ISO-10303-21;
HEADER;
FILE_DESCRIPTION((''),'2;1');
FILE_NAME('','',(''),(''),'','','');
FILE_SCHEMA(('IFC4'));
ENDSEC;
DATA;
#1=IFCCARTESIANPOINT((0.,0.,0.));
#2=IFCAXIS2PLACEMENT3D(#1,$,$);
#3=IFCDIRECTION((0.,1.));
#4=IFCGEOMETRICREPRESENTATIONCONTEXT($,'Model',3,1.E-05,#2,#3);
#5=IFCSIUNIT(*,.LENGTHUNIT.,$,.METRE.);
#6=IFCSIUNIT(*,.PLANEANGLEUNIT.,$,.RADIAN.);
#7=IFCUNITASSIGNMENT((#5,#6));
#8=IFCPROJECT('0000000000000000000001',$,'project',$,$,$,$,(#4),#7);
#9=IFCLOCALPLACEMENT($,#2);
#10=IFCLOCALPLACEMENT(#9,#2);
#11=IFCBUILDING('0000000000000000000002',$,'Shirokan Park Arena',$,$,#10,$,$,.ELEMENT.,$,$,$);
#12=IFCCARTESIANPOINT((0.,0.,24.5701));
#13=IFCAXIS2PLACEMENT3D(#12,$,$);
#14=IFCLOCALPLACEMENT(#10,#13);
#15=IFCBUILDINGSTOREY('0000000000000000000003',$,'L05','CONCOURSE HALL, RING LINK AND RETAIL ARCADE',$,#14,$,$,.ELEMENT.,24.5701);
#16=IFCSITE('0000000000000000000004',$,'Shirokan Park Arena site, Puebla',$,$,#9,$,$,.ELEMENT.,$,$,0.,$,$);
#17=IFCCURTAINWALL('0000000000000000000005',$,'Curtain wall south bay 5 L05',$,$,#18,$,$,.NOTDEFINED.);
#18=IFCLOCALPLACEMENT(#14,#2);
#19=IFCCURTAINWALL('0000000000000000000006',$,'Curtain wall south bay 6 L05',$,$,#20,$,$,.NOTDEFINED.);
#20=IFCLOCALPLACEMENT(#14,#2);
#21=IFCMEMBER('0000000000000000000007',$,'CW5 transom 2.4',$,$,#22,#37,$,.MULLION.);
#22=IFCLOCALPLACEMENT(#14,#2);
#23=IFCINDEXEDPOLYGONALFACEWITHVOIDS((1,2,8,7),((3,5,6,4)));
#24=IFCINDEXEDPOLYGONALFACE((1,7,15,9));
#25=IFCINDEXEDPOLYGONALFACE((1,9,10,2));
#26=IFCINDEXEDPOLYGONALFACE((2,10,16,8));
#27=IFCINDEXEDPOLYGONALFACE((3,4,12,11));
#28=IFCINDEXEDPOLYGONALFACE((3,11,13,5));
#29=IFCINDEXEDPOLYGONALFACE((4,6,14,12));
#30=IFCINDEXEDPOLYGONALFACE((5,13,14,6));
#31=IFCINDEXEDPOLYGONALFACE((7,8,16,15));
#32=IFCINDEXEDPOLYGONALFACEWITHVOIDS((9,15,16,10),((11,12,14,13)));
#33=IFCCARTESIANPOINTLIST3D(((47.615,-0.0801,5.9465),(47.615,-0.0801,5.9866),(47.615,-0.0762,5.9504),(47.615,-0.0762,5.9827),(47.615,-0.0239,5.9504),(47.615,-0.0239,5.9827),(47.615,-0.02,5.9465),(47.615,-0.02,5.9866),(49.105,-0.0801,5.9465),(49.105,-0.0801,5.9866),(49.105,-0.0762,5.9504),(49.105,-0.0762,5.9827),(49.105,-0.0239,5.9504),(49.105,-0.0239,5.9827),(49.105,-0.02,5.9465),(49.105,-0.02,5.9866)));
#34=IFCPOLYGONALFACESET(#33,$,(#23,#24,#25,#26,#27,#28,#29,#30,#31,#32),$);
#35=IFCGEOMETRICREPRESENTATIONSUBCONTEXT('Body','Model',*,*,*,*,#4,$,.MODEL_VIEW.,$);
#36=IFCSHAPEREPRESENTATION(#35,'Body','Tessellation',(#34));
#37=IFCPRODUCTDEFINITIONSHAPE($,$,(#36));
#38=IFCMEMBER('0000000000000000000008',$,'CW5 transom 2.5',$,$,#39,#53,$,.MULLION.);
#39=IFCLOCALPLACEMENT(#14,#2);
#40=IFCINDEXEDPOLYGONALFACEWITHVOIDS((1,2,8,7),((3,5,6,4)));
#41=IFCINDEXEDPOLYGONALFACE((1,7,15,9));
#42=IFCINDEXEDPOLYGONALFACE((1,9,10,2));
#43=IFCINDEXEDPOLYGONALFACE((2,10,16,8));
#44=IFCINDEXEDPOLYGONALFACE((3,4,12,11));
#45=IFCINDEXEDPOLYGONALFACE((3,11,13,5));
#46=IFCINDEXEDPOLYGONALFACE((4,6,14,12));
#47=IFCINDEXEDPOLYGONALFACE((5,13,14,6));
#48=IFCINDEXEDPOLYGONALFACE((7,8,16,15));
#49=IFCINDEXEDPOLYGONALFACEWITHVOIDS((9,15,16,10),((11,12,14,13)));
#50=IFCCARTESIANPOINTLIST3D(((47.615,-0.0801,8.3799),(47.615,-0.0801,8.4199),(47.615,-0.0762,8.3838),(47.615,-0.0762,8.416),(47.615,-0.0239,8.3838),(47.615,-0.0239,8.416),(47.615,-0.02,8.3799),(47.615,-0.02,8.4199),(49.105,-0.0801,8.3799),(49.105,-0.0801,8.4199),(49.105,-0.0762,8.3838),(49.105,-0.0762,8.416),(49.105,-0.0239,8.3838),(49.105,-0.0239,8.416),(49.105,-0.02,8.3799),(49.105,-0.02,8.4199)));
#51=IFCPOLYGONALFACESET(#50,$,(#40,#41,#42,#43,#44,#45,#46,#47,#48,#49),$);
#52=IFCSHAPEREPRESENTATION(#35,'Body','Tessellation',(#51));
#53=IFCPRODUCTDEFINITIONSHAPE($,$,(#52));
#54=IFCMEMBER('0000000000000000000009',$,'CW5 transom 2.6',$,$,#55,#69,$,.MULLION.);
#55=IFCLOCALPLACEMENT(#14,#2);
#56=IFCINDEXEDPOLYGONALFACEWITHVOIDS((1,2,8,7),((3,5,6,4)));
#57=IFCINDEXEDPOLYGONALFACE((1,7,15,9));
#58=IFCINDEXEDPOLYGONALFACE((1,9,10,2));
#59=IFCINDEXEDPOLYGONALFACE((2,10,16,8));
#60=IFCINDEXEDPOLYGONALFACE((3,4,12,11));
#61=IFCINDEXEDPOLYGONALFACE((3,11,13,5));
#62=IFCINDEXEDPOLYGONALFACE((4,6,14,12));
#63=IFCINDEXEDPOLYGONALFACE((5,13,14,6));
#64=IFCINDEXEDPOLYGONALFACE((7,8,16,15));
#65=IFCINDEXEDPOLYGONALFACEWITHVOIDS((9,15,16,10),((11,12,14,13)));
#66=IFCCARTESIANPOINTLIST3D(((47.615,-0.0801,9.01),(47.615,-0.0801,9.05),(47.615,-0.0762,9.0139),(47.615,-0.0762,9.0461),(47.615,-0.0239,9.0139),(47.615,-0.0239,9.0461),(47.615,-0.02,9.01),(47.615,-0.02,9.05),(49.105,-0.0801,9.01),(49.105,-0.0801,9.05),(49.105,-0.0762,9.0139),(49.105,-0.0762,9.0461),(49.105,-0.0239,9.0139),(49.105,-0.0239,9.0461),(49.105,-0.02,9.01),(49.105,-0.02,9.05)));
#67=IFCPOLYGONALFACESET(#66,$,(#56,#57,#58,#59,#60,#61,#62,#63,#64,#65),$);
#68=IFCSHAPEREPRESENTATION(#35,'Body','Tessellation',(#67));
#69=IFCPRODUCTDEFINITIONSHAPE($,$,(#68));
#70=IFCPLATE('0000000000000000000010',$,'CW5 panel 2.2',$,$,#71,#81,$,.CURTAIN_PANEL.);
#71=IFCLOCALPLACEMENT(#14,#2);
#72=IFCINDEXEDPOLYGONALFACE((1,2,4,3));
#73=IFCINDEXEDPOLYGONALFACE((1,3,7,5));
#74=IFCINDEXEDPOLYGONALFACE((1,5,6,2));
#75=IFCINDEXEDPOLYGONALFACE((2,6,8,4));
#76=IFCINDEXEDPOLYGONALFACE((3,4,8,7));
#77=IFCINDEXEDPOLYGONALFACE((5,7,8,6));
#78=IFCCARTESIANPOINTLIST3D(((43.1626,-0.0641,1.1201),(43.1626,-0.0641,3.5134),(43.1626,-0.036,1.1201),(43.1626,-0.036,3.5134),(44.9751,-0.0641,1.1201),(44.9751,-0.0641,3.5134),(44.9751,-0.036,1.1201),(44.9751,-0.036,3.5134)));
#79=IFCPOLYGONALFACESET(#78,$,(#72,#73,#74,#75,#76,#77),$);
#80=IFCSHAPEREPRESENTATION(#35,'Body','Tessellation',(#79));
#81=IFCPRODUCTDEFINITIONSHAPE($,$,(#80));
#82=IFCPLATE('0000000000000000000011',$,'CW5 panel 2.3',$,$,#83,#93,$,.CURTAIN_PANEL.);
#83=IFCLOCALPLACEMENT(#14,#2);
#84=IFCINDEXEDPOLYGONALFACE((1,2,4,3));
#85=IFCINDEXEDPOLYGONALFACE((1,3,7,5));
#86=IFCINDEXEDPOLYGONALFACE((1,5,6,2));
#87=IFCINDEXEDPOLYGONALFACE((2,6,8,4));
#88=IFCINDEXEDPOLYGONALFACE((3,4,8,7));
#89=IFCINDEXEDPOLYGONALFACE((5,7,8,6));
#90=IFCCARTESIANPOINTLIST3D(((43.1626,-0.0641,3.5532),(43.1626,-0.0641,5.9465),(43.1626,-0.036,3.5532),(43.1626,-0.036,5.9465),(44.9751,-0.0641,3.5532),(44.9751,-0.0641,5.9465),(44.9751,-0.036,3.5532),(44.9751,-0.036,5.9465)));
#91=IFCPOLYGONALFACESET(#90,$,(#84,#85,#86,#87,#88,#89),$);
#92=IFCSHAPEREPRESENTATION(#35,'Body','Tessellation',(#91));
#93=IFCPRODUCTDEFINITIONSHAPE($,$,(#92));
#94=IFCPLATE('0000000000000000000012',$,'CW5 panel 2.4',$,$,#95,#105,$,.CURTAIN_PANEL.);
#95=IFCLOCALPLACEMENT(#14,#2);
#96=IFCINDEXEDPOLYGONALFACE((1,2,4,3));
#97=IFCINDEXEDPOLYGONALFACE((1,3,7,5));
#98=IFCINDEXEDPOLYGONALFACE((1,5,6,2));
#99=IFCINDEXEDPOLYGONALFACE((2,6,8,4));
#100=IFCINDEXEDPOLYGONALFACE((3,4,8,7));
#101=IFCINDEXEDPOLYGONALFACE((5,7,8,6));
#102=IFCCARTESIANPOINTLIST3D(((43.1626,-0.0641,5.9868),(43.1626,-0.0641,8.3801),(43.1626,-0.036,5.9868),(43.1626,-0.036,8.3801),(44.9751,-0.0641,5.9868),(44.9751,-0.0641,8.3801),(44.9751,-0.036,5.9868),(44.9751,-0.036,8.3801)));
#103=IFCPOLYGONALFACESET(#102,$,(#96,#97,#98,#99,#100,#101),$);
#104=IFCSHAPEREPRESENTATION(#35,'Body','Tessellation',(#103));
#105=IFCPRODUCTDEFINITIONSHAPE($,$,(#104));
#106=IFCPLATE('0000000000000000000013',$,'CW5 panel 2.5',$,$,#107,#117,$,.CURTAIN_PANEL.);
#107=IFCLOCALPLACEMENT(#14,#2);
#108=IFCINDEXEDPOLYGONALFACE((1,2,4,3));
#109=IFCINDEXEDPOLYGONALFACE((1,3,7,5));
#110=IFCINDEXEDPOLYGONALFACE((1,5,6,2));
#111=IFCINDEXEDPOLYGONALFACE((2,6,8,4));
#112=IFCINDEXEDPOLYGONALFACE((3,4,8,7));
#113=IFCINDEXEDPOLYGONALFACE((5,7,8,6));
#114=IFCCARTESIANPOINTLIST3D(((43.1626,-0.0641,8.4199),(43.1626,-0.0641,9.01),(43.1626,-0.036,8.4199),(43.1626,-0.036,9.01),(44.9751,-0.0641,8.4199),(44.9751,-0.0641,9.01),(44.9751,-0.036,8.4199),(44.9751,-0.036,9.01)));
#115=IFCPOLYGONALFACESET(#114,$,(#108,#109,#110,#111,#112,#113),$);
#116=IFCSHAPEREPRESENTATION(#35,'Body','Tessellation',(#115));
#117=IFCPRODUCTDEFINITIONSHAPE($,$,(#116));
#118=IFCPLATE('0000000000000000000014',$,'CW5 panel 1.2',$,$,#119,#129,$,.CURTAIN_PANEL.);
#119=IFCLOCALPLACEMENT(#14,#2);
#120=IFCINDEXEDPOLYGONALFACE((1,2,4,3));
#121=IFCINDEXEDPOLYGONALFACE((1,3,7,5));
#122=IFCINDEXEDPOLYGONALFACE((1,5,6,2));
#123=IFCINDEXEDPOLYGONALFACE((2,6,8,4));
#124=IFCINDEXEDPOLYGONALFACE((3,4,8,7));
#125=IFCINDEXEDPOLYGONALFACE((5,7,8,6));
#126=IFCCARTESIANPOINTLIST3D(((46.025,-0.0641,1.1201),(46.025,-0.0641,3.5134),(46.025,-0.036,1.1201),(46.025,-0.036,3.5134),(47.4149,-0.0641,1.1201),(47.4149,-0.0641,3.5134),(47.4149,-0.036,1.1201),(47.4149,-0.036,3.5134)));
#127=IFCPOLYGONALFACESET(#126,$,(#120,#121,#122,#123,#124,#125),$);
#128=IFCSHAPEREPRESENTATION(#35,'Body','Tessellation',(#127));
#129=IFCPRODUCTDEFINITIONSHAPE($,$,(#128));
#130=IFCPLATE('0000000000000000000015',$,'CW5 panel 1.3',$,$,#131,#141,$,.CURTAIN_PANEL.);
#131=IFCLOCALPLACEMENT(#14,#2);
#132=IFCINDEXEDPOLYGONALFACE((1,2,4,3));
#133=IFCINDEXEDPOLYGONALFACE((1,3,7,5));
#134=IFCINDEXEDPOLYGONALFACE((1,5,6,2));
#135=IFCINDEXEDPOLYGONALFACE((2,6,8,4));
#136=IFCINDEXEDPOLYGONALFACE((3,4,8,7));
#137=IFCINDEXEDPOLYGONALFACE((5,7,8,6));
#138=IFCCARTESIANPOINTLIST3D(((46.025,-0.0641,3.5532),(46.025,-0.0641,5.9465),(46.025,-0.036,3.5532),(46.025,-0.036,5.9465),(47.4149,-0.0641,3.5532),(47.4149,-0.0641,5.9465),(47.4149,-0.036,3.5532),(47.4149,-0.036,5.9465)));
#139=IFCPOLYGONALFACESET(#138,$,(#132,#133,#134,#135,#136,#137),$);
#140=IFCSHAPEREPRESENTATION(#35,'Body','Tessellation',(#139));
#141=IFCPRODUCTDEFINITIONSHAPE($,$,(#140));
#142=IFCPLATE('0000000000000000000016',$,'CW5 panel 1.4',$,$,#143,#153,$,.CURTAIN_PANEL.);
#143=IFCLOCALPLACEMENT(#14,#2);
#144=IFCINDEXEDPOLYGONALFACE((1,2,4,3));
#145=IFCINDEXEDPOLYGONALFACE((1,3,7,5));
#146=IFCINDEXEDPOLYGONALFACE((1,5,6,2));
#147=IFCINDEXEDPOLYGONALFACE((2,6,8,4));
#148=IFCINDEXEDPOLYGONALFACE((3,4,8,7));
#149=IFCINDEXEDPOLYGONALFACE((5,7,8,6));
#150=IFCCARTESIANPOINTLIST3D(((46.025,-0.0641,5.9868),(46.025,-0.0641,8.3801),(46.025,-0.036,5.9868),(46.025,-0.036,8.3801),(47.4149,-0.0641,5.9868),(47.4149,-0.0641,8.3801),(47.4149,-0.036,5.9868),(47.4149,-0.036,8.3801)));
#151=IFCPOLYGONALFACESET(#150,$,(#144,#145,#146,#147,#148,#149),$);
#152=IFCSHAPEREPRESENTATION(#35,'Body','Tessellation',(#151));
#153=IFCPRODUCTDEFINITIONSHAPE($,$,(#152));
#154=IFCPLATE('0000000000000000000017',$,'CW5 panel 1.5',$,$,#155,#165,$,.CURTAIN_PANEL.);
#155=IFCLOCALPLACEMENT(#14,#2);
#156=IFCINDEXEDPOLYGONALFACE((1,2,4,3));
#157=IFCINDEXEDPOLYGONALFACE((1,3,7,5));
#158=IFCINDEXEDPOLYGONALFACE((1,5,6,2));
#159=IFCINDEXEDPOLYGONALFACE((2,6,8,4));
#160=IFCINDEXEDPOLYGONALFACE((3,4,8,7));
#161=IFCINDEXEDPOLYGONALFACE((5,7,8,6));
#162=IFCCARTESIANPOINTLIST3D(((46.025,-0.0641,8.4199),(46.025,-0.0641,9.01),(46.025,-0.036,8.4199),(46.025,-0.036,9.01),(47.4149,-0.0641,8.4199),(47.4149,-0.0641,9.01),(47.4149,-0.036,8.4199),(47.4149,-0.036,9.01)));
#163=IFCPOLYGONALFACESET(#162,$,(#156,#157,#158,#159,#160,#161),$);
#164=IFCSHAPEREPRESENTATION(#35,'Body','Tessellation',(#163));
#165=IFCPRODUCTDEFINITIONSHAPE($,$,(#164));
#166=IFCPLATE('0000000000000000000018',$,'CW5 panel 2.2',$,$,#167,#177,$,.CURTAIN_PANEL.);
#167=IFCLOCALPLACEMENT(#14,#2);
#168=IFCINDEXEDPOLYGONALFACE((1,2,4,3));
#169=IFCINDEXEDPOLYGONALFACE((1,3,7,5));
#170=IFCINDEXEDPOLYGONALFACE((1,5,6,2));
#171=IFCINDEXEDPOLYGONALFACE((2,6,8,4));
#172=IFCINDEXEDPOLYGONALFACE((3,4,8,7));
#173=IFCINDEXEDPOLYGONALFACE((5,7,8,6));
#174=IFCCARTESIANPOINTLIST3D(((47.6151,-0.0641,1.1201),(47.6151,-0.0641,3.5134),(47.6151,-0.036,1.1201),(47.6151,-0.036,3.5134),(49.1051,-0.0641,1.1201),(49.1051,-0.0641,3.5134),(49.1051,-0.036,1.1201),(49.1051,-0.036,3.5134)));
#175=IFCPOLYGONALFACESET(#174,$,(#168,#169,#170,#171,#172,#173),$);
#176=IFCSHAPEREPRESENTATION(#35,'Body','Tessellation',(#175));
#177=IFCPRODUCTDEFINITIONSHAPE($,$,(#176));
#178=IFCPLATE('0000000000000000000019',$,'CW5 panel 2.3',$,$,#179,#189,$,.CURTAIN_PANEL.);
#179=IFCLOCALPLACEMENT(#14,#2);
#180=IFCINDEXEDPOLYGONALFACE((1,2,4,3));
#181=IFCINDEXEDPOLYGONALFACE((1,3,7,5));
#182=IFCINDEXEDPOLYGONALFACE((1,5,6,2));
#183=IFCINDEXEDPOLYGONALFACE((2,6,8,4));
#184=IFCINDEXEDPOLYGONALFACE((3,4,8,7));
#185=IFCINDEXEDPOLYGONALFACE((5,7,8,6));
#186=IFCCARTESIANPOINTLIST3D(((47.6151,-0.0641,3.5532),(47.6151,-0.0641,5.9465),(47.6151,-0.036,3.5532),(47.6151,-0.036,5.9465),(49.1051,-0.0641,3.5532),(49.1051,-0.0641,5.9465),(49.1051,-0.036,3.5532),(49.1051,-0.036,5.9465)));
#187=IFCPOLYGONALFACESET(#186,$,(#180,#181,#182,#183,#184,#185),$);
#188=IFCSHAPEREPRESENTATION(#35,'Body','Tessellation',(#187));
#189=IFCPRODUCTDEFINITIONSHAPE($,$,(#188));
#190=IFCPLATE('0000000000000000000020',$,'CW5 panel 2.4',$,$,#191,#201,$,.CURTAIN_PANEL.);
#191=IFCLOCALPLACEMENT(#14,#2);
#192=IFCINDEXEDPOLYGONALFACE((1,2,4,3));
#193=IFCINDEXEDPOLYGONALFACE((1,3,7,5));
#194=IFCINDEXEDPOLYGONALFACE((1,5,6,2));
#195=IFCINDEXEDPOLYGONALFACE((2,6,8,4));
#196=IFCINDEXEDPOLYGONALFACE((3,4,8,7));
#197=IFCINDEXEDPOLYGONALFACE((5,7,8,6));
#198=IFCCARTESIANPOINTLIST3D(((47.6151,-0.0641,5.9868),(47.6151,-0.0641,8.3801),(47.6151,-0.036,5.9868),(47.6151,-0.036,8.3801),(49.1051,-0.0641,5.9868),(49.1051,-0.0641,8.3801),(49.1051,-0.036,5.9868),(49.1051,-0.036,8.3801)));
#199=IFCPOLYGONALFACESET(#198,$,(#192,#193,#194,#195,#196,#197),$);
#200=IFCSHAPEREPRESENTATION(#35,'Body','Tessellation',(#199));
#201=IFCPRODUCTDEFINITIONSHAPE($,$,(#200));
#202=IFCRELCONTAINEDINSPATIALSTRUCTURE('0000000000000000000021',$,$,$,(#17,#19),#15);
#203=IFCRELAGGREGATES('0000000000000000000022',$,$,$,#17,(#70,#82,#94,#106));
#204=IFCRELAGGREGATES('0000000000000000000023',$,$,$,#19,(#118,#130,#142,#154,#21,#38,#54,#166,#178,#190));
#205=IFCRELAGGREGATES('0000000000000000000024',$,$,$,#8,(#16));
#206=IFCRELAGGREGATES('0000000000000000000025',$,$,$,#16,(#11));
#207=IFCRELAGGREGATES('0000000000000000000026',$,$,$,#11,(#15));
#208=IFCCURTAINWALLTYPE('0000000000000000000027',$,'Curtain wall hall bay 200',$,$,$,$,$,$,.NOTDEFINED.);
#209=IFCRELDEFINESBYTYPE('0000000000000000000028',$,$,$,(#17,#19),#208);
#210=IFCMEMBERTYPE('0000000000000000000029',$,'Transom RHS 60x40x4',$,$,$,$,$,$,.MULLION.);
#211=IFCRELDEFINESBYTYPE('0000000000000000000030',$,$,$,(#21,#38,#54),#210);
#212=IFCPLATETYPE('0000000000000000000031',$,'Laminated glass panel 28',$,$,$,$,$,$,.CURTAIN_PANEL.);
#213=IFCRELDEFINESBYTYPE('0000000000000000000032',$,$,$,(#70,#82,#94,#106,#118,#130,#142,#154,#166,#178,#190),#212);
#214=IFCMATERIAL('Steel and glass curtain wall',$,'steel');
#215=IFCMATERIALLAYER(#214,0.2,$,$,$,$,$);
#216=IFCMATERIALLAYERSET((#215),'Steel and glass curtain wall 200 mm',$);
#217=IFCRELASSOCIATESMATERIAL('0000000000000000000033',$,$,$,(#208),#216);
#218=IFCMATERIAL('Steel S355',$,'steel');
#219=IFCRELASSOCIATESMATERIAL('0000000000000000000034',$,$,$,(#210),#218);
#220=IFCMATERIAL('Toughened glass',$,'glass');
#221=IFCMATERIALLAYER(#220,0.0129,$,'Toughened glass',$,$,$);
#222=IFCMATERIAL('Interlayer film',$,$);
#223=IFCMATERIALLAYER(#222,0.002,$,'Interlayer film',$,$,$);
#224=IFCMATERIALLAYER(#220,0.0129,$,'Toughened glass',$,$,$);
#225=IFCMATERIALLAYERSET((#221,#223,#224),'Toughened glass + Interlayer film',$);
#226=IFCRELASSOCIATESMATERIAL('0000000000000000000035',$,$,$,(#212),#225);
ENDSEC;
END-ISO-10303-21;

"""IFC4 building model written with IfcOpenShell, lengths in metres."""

from ifc_helpers import new_model, si_unit, direction, frame, origin, origin_2d, place, context, subcontext, project, spatial, rectangle, hollow_rectangle, extrude, material, layer, layer_set, material_profile, profile_set, type_object, element, aggregate, save


model = new_model("IFC4")

# Units and contexts
model_context = context("Model", 3, precision=1e-05, world=origin(), true_north=direction((0.0, 1.0)))
body_context = subcontext(model_context, "Body", "Model", "MODEL_VIEW")
ifc_project = project(units=[si_unit("LENGTHUNIT", "METRE"), si_unit("PLANEANGLEUNIT", "RADIAN")], contexts=[model_context])

# Site, building, storey
site_placement = place(None, origin())
site = spatial("IfcSite", under=ifc_project, at=site_placement, Name="Shirokan Park Arena site, Puebla", CompositionType="ELEMENT", RefElevation=0.0)
building_placement = place(site_placement, origin())
building = spatial("IfcBuilding", under=site, at=building_placement, Name="Shirokan Park Arena", CompositionType="ELEMENT")
storey_placement = place(building_placement, frame((0.0, 0.0, 24.5701)))
storey = spatial("IfcBuildingStorey", under=building, at=storey_placement, Name="L05", Description="CONCOURSE HALL, RING LINK AND RETAIL ARCADE", CompositionType="ELEMENT", Elevation=24.5701)

# Curtain walls
ifc_material_1 = material(Name="Steel and glass curtain wall", Category="steel")
ifc_layer_1 = layer(ifc_material_1, 0.2)
ifc_layer_set_1 = layer_set([ifc_layer_1], Name="Steel and glass curtain wall 200 mm")
curtain_wall_type = type_object("IfcCurtainWallType", Name="Curtain wall hall bay 200", PredefinedType="NOTDEFINED", material=ifc_layer_set_1)
curtain_wall_1_placement = place(storey_placement, origin())
curtain_wall_1 = element("IfcCurtainWall", 1, at=curtain_wall_1_placement, inside=storey, type_object=curtain_wall_type, Name="Curtain wall south bay 5 L05", PredefinedType="NOTDEFINED")
ifc_material_2 = material(Name="Steel S355", Category="steel")
curtain_wall_2_placement = place(storey_placement, origin())
curtain_wall_2 = element("IfcCurtainWall", 2, at=curtain_wall_2_placement, inside=storey, type_object=curtain_wall_type, Name="Curtain wall south bay 6 L05", PredefinedType="NOTDEFINED")

# Members
ifc_material_profile_1 = material_profile(ifc_material_2, hollow_rectangle(XDim=0.0601, YDim=0.04, WallThickness=0.0039, at=origin_2d()), Name="RHS 60x40x4")
ifc_profile_set_1 = profile_set([ifc_material_profile_1], Name="Steel S355")
member_type_1 = type_object("IfcMemberType", Name="Transom RHS 60x40x4", PredefinedType="MULLION", material=ifc_profile_set_1)
member_1_placement = place(storey_placement, frame((47.615, -0.05, 5.9666), z_axis=(1.0, 0.0, 0.0), x_axis=(0.0, 1.0, 0.0)))
member_1 = element("IfcMember", 3, at=member_1_placement, type_object=member_type_1, Name="CW5 transom 2.4", PredefinedType="MULLION", context=body_context, shape_type="SweptSolid", body=[
    extrude(hollow_rectangle(XDim=0.0601, YDim=0.04, WallThickness=0.0039, at=origin_2d()), origin(), (0.0, 0.0, 1.0), 1.49),
])
member_2_placement = place(storey_placement, frame((47.615, -0.05, 8.3999), z_axis=(1.0, 0.0, 0.0), x_axis=(0.0, 1.0, 0.0)))
member_2 = element("IfcMember", 4, at=member_2_placement, type_object=member_type_1, Name="CW5 transom 2.5", PredefinedType="MULLION", context=body_context, shape_type="SweptSolid", body=[
    extrude(hollow_rectangle(XDim=0.0601, YDim=0.04, WallThickness=0.0039, at=origin_2d()), origin(), (0.0, 0.0, 1.0), 1.49),
])
member_3_placement = place(storey_placement, frame((47.615, -0.05, 9.03), z_axis=(1.0, 0.0, 0.0), x_axis=(0.0, 1.0, 0.0)))
member_3 = element("IfcMember", 5, at=member_3_placement, type_object=member_type_1, Name="CW5 transom 2.6", PredefinedType="MULLION", context=body_context, shape_type="SweptSolid", body=[
    extrude(hollow_rectangle(XDim=0.0601, YDim=0.04, WallThickness=0.0039, at=origin_2d()), origin(), (0.0, 0.0, 1.0), 1.49),
])

# Plates
ifc_material_3 = material(Name="Toughened glass", Category="glass")
ifc_layer_2 = layer(ifc_material_3, 0.0129, Name="Toughened glass")
ifc_material_4 = material(Name="Interlayer film")
ifc_layer_3 = layer(ifc_material_4, 0.002, Name="Interlayer film")
ifc_layer_4 = layer(ifc_material_3, 0.0129, Name="Toughened glass")
ifc_layer_set_2 = layer_set([ifc_layer_2, ifc_layer_3, ifc_layer_4], Name="Toughened glass + Interlayer film")
plate_type_1 = type_object("IfcPlateType", Name="Laminated glass panel 28", PredefinedType="CURTAIN_PANEL", material=ifc_layer_set_2)
plate_1_placement = place(storey_placement, frame((44.0688, -0.05, 1.1201), z_axis=(0.0, 0.0, 1.0), x_axis=(1.0, 0.0, 0.0)))
plate_1 = element("IfcPlate", 6, at=plate_1_placement, type_object=plate_type_1, Name="CW5 panel 2.2", PredefinedType="CURTAIN_PANEL", context=body_context, shape_type="SweptSolid", body=[
    extrude(rectangle(XDim=1.8125, YDim=0.0281, at=origin_2d()), origin(), (0.0, 0.0, 1.0), 2.3933),
])
plate_2_placement = place(storey_placement, frame((44.0688, -0.05, 3.5532), z_axis=(0.0, 0.0, 1.0), x_axis=(1.0, 0.0, 0.0)))
plate_2 = element("IfcPlate", 7, at=plate_2_placement, type_object=plate_type_1, Name="CW5 panel 2.3", PredefinedType="CURTAIN_PANEL", context=body_context, shape_type="SweptSolid", body=[
    extrude(rectangle(XDim=1.8125, YDim=0.0281, at=origin_2d()), origin(), (0.0, 0.0, 1.0), 2.3933),
])
plate_3_placement = place(storey_placement, frame((44.0688, -0.05, 5.9868), z_axis=(0.0, 0.0, 1.0), x_axis=(1.0, 0.0, 0.0)))
plate_3 = element("IfcPlate", 8, at=plate_3_placement, type_object=plate_type_1, Name="CW5 panel 2.4", PredefinedType="CURTAIN_PANEL", context=body_context, shape_type="SweptSolid", body=[
    extrude(rectangle(XDim=1.8125, YDim=0.0281, at=origin_2d()), origin(), (0.0, 0.0, 1.0), 2.3933),
])
plate_4_placement = place(storey_placement, frame((44.0688, -0.05, 8.4199), z_axis=(0.0, 0.0, 1.0), x_axis=(1.0, 0.0, 0.0)))
plate_4 = element("IfcPlate", 9, at=plate_4_placement, type_object=plate_type_1, Name="CW5 panel 2.5", PredefinedType="CURTAIN_PANEL", context=body_context, shape_type="SweptSolid", body=[
    extrude(rectangle(XDim=1.8125, YDim=0.0281, at=origin_2d()), origin(), (0.0, 0.0, 1.0), 0.5901),
])
plate_5_placement = place(storey_placement, frame((46.72, -0.05, 1.1201), z_axis=(0.0, 0.0, 1.0), x_axis=(1.0, 0.0, 0.0)))
plate_5 = element("IfcPlate", 10, at=plate_5_placement, type_object=plate_type_1, Name="CW5 panel 1.2", PredefinedType="CURTAIN_PANEL", context=body_context, shape_type="SweptSolid", body=[
    extrude(rectangle(XDim=1.3899, YDim=0.0281, at=origin_2d()), origin(), (0.0, 0.0, 1.0), 2.3933),
])
plate_6_placement = place(storey_placement, frame((46.72, -0.05, 3.5532), z_axis=(0.0, 0.0, 1.0), x_axis=(1.0, 0.0, 0.0)))
plate_6 = element("IfcPlate", 11, at=plate_6_placement, type_object=plate_type_1, Name="CW5 panel 1.3", PredefinedType="CURTAIN_PANEL", context=body_context, shape_type="SweptSolid", body=[
    extrude(rectangle(XDim=1.3899, YDim=0.0281, at=origin_2d()), origin(), (0.0, 0.0, 1.0), 2.3933),
])
plate_7_placement = place(storey_placement, frame((46.72, -0.05, 5.9868), z_axis=(0.0, 0.0, 1.0), x_axis=(1.0, 0.0, 0.0)))
plate_7 = element("IfcPlate", 12, at=plate_7_placement, type_object=plate_type_1, Name="CW5 panel 1.4", PredefinedType="CURTAIN_PANEL", context=body_context, shape_type="SweptSolid", body=[
    extrude(rectangle(XDim=1.3899, YDim=0.0281, at=origin_2d()), origin(), (0.0, 0.0, 1.0), 2.3933),
])
plate_8_placement = place(storey_placement, frame((46.72, -0.05, 8.4199), z_axis=(0.0, 0.0, 1.0), x_axis=(1.0, 0.0, 0.0)))
plate_8 = element("IfcPlate", 13, at=plate_8_placement, type_object=plate_type_1, Name="CW5 panel 1.5", PredefinedType="CURTAIN_PANEL", context=body_context, shape_type="SweptSolid", body=[
    extrude(rectangle(XDim=1.3899, YDim=0.0281, at=origin_2d()), origin(), (0.0, 0.0, 1.0), 0.5901),
])
plate_9_placement = place(storey_placement, frame((48.3601, -0.05, 1.1201), z_axis=(0.0, 0.0, 1.0), x_axis=(1.0, 0.0, 0.0)))
plate_9 = element("IfcPlate", 14, at=plate_9_placement, type_object=plate_type_1, Name="CW5 panel 2.2", PredefinedType="CURTAIN_PANEL", context=body_context, shape_type="SweptSolid", body=[
    extrude(rectangle(XDim=1.49, YDim=0.0281, at=origin_2d()), origin(), (0.0, 0.0, 1.0), 2.3933),
])
plate_10_placement = place(storey_placement, frame((48.3601, -0.05, 3.5532), z_axis=(0.0, 0.0, 1.0), x_axis=(1.0, 0.0, 0.0)))
plate_10 = element("IfcPlate", 15, at=plate_10_placement, type_object=plate_type_1, Name="CW5 panel 2.3", PredefinedType="CURTAIN_PANEL", context=body_context, shape_type="SweptSolid", body=[
    extrude(rectangle(XDim=1.49, YDim=0.0281, at=origin_2d()), origin(), (0.0, 0.0, 1.0), 2.3933),
])
plate_11_placement = place(storey_placement, frame((48.3601, -0.05, 5.9868), z_axis=(0.0, 0.0, 1.0), x_axis=(1.0, 0.0, 0.0)))
plate_11 = element("IfcPlate", 16, at=plate_11_placement, type_object=plate_type_1, Name="CW5 panel 2.4", PredefinedType="CURTAIN_PANEL", context=body_context, shape_type="SweptSolid", body=[
    extrude(rectangle(XDim=1.49, YDim=0.0281, at=origin_2d()), origin(), (0.0, 0.0, 1.0), 2.3933),
])
aggregate(curtain_wall_1, [plate_1, plate_2, plate_3, plate_4])
aggregate(curtain_wall_2, [plate_5, plate_6, plate_7, plate_8, member_1, member_2, member_3, plate_9, plate_10, plate_11])

save(model, "model.ifc")
